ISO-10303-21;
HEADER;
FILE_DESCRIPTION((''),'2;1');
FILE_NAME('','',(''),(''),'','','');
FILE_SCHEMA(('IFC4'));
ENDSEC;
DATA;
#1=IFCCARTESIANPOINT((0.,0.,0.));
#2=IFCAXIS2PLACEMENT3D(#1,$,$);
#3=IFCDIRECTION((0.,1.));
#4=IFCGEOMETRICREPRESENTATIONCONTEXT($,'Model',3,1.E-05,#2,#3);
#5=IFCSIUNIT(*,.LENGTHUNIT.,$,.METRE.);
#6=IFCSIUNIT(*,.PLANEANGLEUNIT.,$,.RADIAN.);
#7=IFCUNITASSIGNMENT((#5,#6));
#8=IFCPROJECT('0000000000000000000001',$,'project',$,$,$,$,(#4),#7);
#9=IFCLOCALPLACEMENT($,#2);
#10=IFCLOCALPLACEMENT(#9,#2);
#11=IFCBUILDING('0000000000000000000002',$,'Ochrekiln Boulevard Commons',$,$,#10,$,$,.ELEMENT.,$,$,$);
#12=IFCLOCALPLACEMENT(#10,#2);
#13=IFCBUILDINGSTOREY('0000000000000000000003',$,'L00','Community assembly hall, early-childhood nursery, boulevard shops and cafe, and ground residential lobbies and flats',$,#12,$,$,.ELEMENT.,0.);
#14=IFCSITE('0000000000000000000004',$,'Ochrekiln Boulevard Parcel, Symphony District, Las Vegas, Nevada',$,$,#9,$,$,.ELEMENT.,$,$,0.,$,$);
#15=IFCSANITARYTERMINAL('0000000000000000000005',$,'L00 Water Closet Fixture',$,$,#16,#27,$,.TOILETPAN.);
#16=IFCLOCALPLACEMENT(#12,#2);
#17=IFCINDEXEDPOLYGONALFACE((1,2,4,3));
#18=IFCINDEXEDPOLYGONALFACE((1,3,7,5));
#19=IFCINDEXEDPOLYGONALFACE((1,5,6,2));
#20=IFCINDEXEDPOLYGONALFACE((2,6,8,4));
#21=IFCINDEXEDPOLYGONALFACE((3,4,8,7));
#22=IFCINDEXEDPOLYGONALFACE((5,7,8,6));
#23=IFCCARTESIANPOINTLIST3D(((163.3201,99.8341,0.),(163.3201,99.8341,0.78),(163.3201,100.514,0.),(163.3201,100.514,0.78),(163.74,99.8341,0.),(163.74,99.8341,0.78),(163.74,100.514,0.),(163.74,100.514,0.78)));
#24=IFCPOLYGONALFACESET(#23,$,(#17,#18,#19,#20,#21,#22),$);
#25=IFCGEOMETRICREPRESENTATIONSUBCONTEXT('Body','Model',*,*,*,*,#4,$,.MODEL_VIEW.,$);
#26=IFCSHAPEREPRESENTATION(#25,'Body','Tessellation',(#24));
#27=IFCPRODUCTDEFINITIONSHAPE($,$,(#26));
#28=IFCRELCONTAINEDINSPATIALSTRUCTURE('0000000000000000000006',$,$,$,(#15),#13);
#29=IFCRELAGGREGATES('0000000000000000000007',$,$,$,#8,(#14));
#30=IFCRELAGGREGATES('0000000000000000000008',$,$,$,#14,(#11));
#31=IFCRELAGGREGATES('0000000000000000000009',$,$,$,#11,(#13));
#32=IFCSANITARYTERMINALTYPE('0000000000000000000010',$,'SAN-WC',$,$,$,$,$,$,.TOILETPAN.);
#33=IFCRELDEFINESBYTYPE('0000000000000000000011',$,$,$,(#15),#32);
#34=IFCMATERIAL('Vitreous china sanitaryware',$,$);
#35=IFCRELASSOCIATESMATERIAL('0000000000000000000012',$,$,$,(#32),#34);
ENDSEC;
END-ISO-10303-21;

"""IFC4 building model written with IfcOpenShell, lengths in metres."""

from ifc_helpers import new_model, si_unit, direction, frame, origin, origin_2d, place, context, subcontext, project, spatial, rectangle, extrude, material, type_object, element, save


model = new_model("IFC4")

# Units and contexts
model_context = context("Model", 3, precision=1e-05, world=origin(), true_north=direction((0.0, 1.0)))
body_context = subcontext(model_context, "Body", "Model", "MODEL_VIEW")
ifc_project = project(units=[si_unit("LENGTHUNIT", "METRE"), si_unit("PLANEANGLEUNIT", "RADIAN")], contexts=[model_context])

# Site, building, storey
site_placement = place(None, origin())
site = spatial("IfcSite", under=ifc_project, at=site_placement, Name="Ochrekiln Boulevard Parcel, Symphony District, Las Vegas, Nevada", CompositionType="ELEMENT", RefElevation=0.0)
building_placement = place(site_placement, origin())
building = spatial("IfcBuilding", under=site, at=building_placement, Name="Ochrekiln Boulevard Commons", CompositionType="ELEMENT")
storey_placement = place(building_placement, origin())
storey = spatial("IfcBuildingStorey", under=building, at=storey_placement, Name="L00", Description="Community assembly hall, early-childhood nursery, boulevard shops and cafe, and ground residential lobbies and flats", CompositionType="ELEMENT", Elevation=0.0)

# Sanitary terminal
ifc_material_1 = material(Name="Vitreous china sanitaryware")
sanitary_terminal_type_1 = type_object("IfcSanitaryTerminalType", Name="SAN-WC", PredefinedType="TOILETPAN", material=ifc_material_1)
sanitary_terminal_1_placement = place(storey_placement, frame((163.53, 100.1741, 0.0), z_axis=(0.0, 0.0, 1.0), x_axis=(1.0, 0.0, 0.0)))
element("IfcSanitaryTerminal", 1, at=sanitary_terminal_1_placement, inside=storey, type_object=sanitary_terminal_type_1, Name="L00 Water Closet Fixture", PredefinedType="TOILETPAN", context=body_context, shape_type="SweptSolid", body=[
    extrude(rectangle(XDim=0.4199, YDim=0.6799, at=origin_2d()), origin(), (0.0, 0.0, 1.0), 0.78),
])

save(model, "model.ifc")
